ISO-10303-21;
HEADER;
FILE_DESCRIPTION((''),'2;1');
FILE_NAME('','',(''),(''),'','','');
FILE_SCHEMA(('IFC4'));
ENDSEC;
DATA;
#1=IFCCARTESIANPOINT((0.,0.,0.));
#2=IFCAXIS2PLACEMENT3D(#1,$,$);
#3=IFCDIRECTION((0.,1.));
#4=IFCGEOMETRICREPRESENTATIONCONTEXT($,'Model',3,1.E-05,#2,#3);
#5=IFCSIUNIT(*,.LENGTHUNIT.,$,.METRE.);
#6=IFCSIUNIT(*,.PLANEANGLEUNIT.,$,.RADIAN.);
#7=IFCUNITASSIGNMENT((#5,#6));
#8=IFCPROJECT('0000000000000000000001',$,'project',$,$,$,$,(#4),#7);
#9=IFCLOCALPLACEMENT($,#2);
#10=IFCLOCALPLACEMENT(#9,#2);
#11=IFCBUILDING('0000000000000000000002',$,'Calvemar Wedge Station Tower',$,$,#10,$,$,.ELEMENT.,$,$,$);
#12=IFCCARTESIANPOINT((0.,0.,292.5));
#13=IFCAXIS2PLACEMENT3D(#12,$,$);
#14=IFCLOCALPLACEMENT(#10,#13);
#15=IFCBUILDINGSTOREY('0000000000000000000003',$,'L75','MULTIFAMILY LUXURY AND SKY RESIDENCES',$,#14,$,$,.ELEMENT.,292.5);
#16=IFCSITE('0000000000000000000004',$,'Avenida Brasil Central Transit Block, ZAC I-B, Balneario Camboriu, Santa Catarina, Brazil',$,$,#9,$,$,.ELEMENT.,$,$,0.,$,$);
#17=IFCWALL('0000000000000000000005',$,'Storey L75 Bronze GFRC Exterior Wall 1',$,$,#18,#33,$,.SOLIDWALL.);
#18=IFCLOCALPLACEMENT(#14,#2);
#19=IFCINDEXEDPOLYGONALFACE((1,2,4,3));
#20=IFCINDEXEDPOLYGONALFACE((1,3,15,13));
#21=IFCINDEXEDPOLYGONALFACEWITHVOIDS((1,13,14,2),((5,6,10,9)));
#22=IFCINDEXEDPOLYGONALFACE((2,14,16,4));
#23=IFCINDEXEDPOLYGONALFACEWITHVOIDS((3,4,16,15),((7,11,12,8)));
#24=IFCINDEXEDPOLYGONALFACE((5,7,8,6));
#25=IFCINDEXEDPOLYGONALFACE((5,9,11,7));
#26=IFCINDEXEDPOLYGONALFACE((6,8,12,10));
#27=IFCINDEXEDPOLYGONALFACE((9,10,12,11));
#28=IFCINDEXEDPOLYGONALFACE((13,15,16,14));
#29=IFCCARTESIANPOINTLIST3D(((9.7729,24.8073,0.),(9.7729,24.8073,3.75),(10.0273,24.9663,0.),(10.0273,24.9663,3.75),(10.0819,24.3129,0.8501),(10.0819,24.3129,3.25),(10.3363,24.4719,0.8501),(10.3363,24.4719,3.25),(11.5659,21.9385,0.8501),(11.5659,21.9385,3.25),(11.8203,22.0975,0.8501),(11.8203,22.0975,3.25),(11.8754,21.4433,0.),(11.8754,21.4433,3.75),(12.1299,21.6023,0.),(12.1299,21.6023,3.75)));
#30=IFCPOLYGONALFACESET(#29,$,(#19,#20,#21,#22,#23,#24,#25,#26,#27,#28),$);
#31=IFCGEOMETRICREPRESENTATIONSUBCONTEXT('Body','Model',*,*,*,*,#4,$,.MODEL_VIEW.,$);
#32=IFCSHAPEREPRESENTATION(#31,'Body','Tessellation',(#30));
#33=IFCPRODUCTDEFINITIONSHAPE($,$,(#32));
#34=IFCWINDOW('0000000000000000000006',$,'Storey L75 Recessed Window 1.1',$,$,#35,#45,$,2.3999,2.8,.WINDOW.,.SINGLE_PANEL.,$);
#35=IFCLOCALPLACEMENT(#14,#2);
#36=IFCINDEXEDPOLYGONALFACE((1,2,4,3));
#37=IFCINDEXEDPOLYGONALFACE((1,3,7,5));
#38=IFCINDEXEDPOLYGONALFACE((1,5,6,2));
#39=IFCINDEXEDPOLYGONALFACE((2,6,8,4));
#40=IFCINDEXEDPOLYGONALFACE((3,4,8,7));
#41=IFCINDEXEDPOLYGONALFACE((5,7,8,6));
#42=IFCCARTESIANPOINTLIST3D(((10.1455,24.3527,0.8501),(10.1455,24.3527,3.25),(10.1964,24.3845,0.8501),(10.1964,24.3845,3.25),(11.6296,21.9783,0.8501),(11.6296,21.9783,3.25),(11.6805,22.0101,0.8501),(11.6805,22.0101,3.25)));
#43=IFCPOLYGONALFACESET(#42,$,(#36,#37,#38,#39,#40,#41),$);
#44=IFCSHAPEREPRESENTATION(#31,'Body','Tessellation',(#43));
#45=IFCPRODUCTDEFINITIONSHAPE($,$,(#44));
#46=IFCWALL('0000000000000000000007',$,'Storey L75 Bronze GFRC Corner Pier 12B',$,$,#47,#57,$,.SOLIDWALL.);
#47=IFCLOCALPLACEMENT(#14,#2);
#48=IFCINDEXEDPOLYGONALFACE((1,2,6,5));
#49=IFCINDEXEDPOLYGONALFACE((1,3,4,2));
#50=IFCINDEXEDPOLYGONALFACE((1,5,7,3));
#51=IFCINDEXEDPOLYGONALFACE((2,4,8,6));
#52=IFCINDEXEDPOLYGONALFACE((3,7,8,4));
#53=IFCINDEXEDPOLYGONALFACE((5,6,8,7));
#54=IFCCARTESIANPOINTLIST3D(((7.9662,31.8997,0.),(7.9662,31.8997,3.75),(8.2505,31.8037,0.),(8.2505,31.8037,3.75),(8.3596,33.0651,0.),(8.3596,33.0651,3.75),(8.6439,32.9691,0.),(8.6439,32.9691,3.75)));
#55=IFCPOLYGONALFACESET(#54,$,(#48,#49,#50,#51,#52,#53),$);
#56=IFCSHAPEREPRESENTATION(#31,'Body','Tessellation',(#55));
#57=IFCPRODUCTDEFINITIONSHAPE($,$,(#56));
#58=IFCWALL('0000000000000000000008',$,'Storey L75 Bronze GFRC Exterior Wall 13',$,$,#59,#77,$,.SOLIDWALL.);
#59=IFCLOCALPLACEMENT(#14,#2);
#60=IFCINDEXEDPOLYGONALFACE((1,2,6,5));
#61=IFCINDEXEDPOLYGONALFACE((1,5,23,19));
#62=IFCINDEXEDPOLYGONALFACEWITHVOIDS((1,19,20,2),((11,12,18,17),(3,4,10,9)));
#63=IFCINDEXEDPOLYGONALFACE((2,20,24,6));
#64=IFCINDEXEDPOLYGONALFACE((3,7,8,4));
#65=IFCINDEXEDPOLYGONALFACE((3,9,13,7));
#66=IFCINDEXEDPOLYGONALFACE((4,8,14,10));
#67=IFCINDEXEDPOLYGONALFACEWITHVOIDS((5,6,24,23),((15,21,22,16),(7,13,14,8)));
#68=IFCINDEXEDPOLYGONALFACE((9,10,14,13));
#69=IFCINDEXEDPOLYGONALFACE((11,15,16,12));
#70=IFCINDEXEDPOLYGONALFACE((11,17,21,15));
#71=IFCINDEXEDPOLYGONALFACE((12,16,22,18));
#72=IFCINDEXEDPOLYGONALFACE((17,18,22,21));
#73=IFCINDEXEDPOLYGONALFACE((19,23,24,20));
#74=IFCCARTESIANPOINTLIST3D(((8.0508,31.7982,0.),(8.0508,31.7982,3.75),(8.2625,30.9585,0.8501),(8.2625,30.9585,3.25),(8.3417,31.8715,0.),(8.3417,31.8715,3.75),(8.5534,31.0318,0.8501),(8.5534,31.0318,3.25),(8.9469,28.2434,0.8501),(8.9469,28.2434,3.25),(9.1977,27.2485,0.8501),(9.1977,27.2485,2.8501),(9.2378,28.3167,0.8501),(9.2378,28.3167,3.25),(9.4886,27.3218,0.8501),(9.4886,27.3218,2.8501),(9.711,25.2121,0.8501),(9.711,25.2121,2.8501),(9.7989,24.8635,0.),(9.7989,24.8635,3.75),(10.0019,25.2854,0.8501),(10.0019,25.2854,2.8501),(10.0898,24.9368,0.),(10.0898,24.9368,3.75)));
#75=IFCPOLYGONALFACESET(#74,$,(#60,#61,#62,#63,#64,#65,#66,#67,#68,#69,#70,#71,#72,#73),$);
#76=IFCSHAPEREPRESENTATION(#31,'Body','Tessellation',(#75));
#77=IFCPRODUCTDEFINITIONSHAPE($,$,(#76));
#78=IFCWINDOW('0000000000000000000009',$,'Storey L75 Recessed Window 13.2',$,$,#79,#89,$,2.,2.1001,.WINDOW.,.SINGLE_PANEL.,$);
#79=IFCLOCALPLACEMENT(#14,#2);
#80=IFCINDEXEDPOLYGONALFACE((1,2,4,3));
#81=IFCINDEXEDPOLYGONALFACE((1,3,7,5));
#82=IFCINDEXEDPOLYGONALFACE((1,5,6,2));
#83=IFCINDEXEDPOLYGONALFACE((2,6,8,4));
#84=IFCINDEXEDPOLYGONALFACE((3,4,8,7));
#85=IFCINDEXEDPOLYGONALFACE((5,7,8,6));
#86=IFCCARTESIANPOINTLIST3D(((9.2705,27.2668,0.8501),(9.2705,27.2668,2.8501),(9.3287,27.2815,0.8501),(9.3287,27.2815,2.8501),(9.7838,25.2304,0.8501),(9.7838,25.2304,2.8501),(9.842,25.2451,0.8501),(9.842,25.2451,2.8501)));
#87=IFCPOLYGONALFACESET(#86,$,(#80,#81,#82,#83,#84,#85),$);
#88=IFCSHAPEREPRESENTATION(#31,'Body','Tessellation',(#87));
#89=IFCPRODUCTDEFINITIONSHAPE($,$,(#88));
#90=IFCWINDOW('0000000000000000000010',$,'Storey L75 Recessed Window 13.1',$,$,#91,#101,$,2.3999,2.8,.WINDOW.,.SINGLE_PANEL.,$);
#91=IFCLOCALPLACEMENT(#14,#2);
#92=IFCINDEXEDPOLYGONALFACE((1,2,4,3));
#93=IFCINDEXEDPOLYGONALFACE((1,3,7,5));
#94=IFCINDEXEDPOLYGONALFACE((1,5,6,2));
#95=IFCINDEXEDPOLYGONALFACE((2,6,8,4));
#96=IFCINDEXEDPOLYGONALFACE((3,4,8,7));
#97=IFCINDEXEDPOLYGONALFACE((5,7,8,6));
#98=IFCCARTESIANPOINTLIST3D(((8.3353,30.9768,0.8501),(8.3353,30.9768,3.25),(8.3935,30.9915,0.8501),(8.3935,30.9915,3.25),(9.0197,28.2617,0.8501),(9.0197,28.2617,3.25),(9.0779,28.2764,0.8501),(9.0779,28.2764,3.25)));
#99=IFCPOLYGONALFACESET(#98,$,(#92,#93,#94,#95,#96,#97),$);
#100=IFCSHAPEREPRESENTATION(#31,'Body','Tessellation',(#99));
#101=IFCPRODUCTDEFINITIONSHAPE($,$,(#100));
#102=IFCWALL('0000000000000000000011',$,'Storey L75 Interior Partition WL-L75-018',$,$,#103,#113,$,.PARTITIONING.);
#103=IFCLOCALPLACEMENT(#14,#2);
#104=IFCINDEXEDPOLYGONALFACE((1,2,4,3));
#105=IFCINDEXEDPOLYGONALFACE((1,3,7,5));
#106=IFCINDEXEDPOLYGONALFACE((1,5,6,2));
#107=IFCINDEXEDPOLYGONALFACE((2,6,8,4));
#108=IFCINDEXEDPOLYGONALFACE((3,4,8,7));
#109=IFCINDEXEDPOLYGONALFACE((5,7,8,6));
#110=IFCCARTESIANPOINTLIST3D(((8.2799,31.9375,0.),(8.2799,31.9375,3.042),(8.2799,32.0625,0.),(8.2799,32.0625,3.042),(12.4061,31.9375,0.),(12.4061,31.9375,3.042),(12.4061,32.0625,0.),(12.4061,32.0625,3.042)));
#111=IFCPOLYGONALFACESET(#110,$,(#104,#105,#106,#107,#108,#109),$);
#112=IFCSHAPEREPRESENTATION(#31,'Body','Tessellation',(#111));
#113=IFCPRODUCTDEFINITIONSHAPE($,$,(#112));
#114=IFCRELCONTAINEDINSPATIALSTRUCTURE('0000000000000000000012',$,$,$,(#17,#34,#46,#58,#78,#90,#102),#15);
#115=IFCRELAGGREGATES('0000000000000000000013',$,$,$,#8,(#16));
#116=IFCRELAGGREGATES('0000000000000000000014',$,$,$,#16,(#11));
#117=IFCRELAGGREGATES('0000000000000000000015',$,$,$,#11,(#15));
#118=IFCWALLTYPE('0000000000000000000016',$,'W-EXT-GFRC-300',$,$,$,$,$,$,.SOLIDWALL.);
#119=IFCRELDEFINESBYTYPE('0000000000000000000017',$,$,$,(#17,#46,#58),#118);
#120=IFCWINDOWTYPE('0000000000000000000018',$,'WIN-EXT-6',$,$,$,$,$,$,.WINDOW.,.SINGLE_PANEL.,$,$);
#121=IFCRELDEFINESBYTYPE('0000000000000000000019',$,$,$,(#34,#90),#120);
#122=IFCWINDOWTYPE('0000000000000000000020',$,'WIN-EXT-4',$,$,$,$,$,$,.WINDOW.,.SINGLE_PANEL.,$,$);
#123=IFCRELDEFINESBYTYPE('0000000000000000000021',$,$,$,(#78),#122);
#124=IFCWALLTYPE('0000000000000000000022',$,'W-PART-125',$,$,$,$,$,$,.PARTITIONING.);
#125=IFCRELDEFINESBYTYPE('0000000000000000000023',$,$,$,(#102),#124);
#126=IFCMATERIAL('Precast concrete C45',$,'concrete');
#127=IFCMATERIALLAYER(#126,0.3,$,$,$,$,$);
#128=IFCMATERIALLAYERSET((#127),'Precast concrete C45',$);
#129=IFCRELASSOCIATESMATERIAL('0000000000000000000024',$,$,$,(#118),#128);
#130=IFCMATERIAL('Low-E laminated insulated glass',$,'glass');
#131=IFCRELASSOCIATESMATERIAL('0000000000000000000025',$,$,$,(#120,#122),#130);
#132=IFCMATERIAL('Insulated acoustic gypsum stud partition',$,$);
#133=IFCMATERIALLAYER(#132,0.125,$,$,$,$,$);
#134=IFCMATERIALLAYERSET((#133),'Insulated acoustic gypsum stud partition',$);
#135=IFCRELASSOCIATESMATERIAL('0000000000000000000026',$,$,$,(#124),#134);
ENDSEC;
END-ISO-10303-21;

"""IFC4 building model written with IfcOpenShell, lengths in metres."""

from ifc_helpers import new_model, si_unit, direction, frame, frame_2d, origin, place, context, subcontext, project, spatial, rectangle, extrude, source, transform, mapped, material, layer, layer_set, type_object, element, fill, save


model = new_model("IFC4")

# Units and contexts
model_context = context("Model", 3, precision=1e-05, world=origin(), true_north=direction((0.0, 1.0)))
body_context = subcontext(model_context, "Body", "Model", "MODEL_VIEW")
ifc_project = project(units=[si_unit("LENGTHUNIT", "METRE"), si_unit("PLANEANGLEUNIT", "RADIAN")], contexts=[model_context])

# Site, building, storey
site_placement = place(None, origin())
site = spatial("IfcSite", under=ifc_project, at=site_placement, Name="Avenida Brasil Central Transit Block, ZAC I-B, Balneario Camboriu, Santa Catarina, Brazil", CompositionType="ELEMENT", RefElevation=0.0)
building_placement = place(site_placement, origin())
building = spatial("IfcBuilding", under=site, at=building_placement, Name="Calvemar Wedge Station Tower", CompositionType="ELEMENT")
storey_placement = place(building_placement, frame((0.0, 0.0, 292.5)))
storey = spatial("IfcBuildingStorey", under=building, at=storey_placement, Name="L75", Description="MULTIFAMILY LUXURY AND SKY RESIDENCES", CompositionType="ELEMENT", Elevation=292.5)

# Wall, opening, window
ifc_material_1 = material(Name="Precast concrete C45", Category="concrete")
ifc_layer_1 = layer(ifc_material_1, 0.3)
ifc_layer_set_1 = layer_set([ifc_layer_1], Name="Precast concrete C45")
wall_type_1 = type_object("IfcWallType", Name="W-EXT-GFRC-300", PredefinedType="SOLIDWALL", material=ifc_layer_set_1)
wall_1_placement = place(storey_placement, frame((9.9001, 24.8867, 0.0), z_axis=(0.0, 0.0, 1.0), x_axis=(0.530004, -0.847995, 0.0)))
wall_1 = element("IfcWall", 1, at=wall_1_placement, inside=storey, type_object=wall_type_1, Name="Storey L75 Bronze GFRC Exterior Wall 1", PredefinedType="SOLIDWALL", context=body_context, shape_type="SweptSolid", body=[
    extrude(rectangle(XDim=3.967, YDim=0.3, at=frame_2d((1.9834, 0.0))), origin(), (0.0, 0.0, 1.0), 3.75),
])
shared_shape_1 = source(origin(), body_context, "Body", "SweptSolid", [
    extrude(rectangle(XDim=2.8, YDim=2.3999, at=frame_2d((1.3999, 1.2))), frame((0.0, 0.1602, 0.0), z_axis=(0.0, -1.0, 0.0), x_axis=(1.0, 0.0, 0.0)), (0.0, 0.0, 1.0), 0.3201),
])
opening_1_placement = place(wall_1_placement, frame((0.583, 0.0, 0.8501)))
opening_1 = element("IfcOpeningElement", 2, at=opening_1_placement, cuts=wall_1, PredefinedType="OPENING", context=body_context, shape_type="MappedRepresentation", body=[
    mapped(shared_shape_1, transform((0.0, 0.0, 0.0), scale=1.0)),
])
ifc_material_2 = material(Name="Low-E laminated insulated glass", Category="glass")
window_type_1 = type_object("IfcWindowType", Name="WIN-EXT-6", PartitioningType="SINGLE_PANEL", PredefinedType="WINDOW", material=ifc_material_2)
shared_shape_2 = source(origin(), body_context, "Body", "SweptSolid", [
    extrude(rectangle(XDim=2.8, YDim=2.3999, at=frame_2d((1.3999, 1.2))), frame((0.0, -0.0149, 0.0), z_axis=(0.0, -1.0, 0.0), x_axis=(1.0, 0.0, 0.0)), (0.0, 0.0, 1.0), 0.0601),
])
window_1_placement = place(opening_1_placement, origin())
window_1 = element("IfcWindow", 3, at=window_1_placement, inside=storey, type_object=window_type_1, Name="Storey L75 Recessed Window 1.1", OverallHeight=2.3999, OverallWidth=2.8, PartitioningType="SINGLE_PANEL", PredefinedType="WINDOW", context=body_context, shape_type="MappedRepresentation", body=[
    mapped(shared_shape_2, transform((0.0, 0.0, 0.0), scale=1.0)),
])
fill(opening_1, window_1)

# Shared definitions
shared_shape_3 = source(origin(), body_context, "Body", "SweptSolid", [
    extrude(rectangle(XDim=2.1001, YDim=2.0, at=frame_2d((1.05, 1.0))), frame((0.0, 0.1602, 0.0), z_axis=(0.0, -1.0, 0.0), x_axis=(1.0, 0.0, 0.0)), (0.0, 0.0, 1.0), 0.3201),
])
window_type_2 = type_object("IfcWindowType", Name="WIN-EXT-4", PartitioningType="SINGLE_PANEL", PredefinedType="WINDOW", material=ifc_material_2)
shared_shape_4 = source(origin(), body_context, "Body", "SweptSolid", [
    extrude(rectangle(XDim=2.1001, YDim=2.0, at=frame_2d((1.05, 1.0))), frame((0.0, -0.0149, 0.0), z_axis=(0.0, -1.0, 0.0), x_axis=(1.0, 0.0, 0.0)), (0.0, 0.0, 1.0), 0.0601),
])

# Wall
wall_2_placement = place(storey_placement, frame((8.5017, 33.0171, 0.0), z_axis=(0.0, 0.0, 1.0), x_axis=(-0.319799, -0.947486, 0.0)))
element("IfcWall", 4, at=wall_2_placement, inside=storey, type_object=wall_type_1, Name="Storey L75 Bronze GFRC Corner Pier 12B", PredefinedType="SOLIDWALL", context=body_context, shape_type="SweptSolid", body=[
    extrude(rectangle(XDim=1.23, YDim=0.3, at=frame_2d((0.615, 0.0))), origin(), (0.0, 0.0, 1.0), 3.75),
])

# Wall, openings, windows
wall_3_placement = place(storey_placement, frame((8.1963, 31.8347, 0.0), z_axis=(0.0, 0.0, 1.0), x_axis=(0.244431, -0.969667, 0.0)))
wall_3 = element("IfcWall", 5, at=wall_3_placement, inside=storey, type_object=wall_type_1, Name="Storey L75 Bronze GFRC Exterior Wall 13", PredefinedType="SOLIDWALL", context=body_context, shape_type="SweptSolid", body=[
    extrude(rectangle(XDim=7.1516, YDim=0.3, at=frame_2d((3.5757, 0.0))), origin(), (0.0, 0.0, 1.0), 3.75),
])
opening_2_placement = place(wall_3_placement, frame((0.866, 0.0, 0.8501)))
opening_2 = element("IfcOpeningElement", 6, at=opening_2_placement, cuts=wall_3, PredefinedType="OPENING", context=body_context, shape_type="MappedRepresentation", body=[
    mapped(shared_shape_1, transform((0.0, 0.0, 0.0), scale=1.0)),
])
opening_3_placement = place(wall_3_placement, frame((4.6919, 0.0, 0.8501)))
opening_3 = element("IfcOpeningElement", 7, at=opening_3_placement, cuts=wall_3, PredefinedType="OPENING", context=body_context, shape_type="MappedRepresentation", body=[
    mapped(shared_shape_3, transform((0.0, 0.0, 0.0), scale=1.0)),
])
window_2_placement = place(opening_3_placement, origin())
window_2 = element("IfcWindow", 8, at=window_2_placement, inside=storey, type_object=window_type_2, Name="Storey L75 Recessed Window 13.2", OverallHeight=2.0, OverallWidth=2.1001, PartitioningType="SINGLE_PANEL", PredefinedType="WINDOW", context=body_context, shape_type="MappedRepresentation", body=[
    mapped(shared_shape_4, transform((0.0, 0.0, 0.0), scale=1.0)),
])
fill(opening_3, window_2)
window_3_placement = place(opening_2_placement, origin())
window_3 = element("IfcWindow", 9, at=window_3_placement, inside=storey, type_object=window_type_1, Name="Storey L75 Recessed Window 13.1", OverallHeight=2.3999, OverallWidth=2.8, PartitioningType="SINGLE_PANEL", PredefinedType="WINDOW", context=body_context, shape_type="MappedRepresentation", body=[
    mapped(shared_shape_2, transform((0.0, 0.0, 0.0), scale=1.0)),
])
fill(opening_2, window_3)

# Wall
ifc_material_3 = material(Name="Insulated acoustic gypsum stud partition")
ifc_layer_2 = layer(ifc_material_3, 0.125)
ifc_layer_set_2 = layer_set([ifc_layer_2], Name="Insulated acoustic gypsum stud partition")
wall_type_2 = type_object("IfcWallType", Name="W-PART-125", PredefinedType="PARTITIONING", material=ifc_layer_set_2)
wall_4_placement = place(storey_placement, frame((12.406, 32.0, 0.0), z_axis=(0.0, 0.0, 1.0), x_axis=(-1.0, 0.0, 0.0)))
element("IfcWall", 10, at=wall_4_placement, inside=storey, type_object=wall_type_2, Name="Storey L75 Interior Partition WL-L75-018", PredefinedType="PARTITIONING", context=body_context, shape_type="SweptSolid", body=[
    extrude(rectangle(XDim=4.1262, YDim=0.125, at=frame_2d((2.063, 0.0))), origin(), (0.0, 0.0, 1.0), 3.042),
])

save(model, "model.ifc")
